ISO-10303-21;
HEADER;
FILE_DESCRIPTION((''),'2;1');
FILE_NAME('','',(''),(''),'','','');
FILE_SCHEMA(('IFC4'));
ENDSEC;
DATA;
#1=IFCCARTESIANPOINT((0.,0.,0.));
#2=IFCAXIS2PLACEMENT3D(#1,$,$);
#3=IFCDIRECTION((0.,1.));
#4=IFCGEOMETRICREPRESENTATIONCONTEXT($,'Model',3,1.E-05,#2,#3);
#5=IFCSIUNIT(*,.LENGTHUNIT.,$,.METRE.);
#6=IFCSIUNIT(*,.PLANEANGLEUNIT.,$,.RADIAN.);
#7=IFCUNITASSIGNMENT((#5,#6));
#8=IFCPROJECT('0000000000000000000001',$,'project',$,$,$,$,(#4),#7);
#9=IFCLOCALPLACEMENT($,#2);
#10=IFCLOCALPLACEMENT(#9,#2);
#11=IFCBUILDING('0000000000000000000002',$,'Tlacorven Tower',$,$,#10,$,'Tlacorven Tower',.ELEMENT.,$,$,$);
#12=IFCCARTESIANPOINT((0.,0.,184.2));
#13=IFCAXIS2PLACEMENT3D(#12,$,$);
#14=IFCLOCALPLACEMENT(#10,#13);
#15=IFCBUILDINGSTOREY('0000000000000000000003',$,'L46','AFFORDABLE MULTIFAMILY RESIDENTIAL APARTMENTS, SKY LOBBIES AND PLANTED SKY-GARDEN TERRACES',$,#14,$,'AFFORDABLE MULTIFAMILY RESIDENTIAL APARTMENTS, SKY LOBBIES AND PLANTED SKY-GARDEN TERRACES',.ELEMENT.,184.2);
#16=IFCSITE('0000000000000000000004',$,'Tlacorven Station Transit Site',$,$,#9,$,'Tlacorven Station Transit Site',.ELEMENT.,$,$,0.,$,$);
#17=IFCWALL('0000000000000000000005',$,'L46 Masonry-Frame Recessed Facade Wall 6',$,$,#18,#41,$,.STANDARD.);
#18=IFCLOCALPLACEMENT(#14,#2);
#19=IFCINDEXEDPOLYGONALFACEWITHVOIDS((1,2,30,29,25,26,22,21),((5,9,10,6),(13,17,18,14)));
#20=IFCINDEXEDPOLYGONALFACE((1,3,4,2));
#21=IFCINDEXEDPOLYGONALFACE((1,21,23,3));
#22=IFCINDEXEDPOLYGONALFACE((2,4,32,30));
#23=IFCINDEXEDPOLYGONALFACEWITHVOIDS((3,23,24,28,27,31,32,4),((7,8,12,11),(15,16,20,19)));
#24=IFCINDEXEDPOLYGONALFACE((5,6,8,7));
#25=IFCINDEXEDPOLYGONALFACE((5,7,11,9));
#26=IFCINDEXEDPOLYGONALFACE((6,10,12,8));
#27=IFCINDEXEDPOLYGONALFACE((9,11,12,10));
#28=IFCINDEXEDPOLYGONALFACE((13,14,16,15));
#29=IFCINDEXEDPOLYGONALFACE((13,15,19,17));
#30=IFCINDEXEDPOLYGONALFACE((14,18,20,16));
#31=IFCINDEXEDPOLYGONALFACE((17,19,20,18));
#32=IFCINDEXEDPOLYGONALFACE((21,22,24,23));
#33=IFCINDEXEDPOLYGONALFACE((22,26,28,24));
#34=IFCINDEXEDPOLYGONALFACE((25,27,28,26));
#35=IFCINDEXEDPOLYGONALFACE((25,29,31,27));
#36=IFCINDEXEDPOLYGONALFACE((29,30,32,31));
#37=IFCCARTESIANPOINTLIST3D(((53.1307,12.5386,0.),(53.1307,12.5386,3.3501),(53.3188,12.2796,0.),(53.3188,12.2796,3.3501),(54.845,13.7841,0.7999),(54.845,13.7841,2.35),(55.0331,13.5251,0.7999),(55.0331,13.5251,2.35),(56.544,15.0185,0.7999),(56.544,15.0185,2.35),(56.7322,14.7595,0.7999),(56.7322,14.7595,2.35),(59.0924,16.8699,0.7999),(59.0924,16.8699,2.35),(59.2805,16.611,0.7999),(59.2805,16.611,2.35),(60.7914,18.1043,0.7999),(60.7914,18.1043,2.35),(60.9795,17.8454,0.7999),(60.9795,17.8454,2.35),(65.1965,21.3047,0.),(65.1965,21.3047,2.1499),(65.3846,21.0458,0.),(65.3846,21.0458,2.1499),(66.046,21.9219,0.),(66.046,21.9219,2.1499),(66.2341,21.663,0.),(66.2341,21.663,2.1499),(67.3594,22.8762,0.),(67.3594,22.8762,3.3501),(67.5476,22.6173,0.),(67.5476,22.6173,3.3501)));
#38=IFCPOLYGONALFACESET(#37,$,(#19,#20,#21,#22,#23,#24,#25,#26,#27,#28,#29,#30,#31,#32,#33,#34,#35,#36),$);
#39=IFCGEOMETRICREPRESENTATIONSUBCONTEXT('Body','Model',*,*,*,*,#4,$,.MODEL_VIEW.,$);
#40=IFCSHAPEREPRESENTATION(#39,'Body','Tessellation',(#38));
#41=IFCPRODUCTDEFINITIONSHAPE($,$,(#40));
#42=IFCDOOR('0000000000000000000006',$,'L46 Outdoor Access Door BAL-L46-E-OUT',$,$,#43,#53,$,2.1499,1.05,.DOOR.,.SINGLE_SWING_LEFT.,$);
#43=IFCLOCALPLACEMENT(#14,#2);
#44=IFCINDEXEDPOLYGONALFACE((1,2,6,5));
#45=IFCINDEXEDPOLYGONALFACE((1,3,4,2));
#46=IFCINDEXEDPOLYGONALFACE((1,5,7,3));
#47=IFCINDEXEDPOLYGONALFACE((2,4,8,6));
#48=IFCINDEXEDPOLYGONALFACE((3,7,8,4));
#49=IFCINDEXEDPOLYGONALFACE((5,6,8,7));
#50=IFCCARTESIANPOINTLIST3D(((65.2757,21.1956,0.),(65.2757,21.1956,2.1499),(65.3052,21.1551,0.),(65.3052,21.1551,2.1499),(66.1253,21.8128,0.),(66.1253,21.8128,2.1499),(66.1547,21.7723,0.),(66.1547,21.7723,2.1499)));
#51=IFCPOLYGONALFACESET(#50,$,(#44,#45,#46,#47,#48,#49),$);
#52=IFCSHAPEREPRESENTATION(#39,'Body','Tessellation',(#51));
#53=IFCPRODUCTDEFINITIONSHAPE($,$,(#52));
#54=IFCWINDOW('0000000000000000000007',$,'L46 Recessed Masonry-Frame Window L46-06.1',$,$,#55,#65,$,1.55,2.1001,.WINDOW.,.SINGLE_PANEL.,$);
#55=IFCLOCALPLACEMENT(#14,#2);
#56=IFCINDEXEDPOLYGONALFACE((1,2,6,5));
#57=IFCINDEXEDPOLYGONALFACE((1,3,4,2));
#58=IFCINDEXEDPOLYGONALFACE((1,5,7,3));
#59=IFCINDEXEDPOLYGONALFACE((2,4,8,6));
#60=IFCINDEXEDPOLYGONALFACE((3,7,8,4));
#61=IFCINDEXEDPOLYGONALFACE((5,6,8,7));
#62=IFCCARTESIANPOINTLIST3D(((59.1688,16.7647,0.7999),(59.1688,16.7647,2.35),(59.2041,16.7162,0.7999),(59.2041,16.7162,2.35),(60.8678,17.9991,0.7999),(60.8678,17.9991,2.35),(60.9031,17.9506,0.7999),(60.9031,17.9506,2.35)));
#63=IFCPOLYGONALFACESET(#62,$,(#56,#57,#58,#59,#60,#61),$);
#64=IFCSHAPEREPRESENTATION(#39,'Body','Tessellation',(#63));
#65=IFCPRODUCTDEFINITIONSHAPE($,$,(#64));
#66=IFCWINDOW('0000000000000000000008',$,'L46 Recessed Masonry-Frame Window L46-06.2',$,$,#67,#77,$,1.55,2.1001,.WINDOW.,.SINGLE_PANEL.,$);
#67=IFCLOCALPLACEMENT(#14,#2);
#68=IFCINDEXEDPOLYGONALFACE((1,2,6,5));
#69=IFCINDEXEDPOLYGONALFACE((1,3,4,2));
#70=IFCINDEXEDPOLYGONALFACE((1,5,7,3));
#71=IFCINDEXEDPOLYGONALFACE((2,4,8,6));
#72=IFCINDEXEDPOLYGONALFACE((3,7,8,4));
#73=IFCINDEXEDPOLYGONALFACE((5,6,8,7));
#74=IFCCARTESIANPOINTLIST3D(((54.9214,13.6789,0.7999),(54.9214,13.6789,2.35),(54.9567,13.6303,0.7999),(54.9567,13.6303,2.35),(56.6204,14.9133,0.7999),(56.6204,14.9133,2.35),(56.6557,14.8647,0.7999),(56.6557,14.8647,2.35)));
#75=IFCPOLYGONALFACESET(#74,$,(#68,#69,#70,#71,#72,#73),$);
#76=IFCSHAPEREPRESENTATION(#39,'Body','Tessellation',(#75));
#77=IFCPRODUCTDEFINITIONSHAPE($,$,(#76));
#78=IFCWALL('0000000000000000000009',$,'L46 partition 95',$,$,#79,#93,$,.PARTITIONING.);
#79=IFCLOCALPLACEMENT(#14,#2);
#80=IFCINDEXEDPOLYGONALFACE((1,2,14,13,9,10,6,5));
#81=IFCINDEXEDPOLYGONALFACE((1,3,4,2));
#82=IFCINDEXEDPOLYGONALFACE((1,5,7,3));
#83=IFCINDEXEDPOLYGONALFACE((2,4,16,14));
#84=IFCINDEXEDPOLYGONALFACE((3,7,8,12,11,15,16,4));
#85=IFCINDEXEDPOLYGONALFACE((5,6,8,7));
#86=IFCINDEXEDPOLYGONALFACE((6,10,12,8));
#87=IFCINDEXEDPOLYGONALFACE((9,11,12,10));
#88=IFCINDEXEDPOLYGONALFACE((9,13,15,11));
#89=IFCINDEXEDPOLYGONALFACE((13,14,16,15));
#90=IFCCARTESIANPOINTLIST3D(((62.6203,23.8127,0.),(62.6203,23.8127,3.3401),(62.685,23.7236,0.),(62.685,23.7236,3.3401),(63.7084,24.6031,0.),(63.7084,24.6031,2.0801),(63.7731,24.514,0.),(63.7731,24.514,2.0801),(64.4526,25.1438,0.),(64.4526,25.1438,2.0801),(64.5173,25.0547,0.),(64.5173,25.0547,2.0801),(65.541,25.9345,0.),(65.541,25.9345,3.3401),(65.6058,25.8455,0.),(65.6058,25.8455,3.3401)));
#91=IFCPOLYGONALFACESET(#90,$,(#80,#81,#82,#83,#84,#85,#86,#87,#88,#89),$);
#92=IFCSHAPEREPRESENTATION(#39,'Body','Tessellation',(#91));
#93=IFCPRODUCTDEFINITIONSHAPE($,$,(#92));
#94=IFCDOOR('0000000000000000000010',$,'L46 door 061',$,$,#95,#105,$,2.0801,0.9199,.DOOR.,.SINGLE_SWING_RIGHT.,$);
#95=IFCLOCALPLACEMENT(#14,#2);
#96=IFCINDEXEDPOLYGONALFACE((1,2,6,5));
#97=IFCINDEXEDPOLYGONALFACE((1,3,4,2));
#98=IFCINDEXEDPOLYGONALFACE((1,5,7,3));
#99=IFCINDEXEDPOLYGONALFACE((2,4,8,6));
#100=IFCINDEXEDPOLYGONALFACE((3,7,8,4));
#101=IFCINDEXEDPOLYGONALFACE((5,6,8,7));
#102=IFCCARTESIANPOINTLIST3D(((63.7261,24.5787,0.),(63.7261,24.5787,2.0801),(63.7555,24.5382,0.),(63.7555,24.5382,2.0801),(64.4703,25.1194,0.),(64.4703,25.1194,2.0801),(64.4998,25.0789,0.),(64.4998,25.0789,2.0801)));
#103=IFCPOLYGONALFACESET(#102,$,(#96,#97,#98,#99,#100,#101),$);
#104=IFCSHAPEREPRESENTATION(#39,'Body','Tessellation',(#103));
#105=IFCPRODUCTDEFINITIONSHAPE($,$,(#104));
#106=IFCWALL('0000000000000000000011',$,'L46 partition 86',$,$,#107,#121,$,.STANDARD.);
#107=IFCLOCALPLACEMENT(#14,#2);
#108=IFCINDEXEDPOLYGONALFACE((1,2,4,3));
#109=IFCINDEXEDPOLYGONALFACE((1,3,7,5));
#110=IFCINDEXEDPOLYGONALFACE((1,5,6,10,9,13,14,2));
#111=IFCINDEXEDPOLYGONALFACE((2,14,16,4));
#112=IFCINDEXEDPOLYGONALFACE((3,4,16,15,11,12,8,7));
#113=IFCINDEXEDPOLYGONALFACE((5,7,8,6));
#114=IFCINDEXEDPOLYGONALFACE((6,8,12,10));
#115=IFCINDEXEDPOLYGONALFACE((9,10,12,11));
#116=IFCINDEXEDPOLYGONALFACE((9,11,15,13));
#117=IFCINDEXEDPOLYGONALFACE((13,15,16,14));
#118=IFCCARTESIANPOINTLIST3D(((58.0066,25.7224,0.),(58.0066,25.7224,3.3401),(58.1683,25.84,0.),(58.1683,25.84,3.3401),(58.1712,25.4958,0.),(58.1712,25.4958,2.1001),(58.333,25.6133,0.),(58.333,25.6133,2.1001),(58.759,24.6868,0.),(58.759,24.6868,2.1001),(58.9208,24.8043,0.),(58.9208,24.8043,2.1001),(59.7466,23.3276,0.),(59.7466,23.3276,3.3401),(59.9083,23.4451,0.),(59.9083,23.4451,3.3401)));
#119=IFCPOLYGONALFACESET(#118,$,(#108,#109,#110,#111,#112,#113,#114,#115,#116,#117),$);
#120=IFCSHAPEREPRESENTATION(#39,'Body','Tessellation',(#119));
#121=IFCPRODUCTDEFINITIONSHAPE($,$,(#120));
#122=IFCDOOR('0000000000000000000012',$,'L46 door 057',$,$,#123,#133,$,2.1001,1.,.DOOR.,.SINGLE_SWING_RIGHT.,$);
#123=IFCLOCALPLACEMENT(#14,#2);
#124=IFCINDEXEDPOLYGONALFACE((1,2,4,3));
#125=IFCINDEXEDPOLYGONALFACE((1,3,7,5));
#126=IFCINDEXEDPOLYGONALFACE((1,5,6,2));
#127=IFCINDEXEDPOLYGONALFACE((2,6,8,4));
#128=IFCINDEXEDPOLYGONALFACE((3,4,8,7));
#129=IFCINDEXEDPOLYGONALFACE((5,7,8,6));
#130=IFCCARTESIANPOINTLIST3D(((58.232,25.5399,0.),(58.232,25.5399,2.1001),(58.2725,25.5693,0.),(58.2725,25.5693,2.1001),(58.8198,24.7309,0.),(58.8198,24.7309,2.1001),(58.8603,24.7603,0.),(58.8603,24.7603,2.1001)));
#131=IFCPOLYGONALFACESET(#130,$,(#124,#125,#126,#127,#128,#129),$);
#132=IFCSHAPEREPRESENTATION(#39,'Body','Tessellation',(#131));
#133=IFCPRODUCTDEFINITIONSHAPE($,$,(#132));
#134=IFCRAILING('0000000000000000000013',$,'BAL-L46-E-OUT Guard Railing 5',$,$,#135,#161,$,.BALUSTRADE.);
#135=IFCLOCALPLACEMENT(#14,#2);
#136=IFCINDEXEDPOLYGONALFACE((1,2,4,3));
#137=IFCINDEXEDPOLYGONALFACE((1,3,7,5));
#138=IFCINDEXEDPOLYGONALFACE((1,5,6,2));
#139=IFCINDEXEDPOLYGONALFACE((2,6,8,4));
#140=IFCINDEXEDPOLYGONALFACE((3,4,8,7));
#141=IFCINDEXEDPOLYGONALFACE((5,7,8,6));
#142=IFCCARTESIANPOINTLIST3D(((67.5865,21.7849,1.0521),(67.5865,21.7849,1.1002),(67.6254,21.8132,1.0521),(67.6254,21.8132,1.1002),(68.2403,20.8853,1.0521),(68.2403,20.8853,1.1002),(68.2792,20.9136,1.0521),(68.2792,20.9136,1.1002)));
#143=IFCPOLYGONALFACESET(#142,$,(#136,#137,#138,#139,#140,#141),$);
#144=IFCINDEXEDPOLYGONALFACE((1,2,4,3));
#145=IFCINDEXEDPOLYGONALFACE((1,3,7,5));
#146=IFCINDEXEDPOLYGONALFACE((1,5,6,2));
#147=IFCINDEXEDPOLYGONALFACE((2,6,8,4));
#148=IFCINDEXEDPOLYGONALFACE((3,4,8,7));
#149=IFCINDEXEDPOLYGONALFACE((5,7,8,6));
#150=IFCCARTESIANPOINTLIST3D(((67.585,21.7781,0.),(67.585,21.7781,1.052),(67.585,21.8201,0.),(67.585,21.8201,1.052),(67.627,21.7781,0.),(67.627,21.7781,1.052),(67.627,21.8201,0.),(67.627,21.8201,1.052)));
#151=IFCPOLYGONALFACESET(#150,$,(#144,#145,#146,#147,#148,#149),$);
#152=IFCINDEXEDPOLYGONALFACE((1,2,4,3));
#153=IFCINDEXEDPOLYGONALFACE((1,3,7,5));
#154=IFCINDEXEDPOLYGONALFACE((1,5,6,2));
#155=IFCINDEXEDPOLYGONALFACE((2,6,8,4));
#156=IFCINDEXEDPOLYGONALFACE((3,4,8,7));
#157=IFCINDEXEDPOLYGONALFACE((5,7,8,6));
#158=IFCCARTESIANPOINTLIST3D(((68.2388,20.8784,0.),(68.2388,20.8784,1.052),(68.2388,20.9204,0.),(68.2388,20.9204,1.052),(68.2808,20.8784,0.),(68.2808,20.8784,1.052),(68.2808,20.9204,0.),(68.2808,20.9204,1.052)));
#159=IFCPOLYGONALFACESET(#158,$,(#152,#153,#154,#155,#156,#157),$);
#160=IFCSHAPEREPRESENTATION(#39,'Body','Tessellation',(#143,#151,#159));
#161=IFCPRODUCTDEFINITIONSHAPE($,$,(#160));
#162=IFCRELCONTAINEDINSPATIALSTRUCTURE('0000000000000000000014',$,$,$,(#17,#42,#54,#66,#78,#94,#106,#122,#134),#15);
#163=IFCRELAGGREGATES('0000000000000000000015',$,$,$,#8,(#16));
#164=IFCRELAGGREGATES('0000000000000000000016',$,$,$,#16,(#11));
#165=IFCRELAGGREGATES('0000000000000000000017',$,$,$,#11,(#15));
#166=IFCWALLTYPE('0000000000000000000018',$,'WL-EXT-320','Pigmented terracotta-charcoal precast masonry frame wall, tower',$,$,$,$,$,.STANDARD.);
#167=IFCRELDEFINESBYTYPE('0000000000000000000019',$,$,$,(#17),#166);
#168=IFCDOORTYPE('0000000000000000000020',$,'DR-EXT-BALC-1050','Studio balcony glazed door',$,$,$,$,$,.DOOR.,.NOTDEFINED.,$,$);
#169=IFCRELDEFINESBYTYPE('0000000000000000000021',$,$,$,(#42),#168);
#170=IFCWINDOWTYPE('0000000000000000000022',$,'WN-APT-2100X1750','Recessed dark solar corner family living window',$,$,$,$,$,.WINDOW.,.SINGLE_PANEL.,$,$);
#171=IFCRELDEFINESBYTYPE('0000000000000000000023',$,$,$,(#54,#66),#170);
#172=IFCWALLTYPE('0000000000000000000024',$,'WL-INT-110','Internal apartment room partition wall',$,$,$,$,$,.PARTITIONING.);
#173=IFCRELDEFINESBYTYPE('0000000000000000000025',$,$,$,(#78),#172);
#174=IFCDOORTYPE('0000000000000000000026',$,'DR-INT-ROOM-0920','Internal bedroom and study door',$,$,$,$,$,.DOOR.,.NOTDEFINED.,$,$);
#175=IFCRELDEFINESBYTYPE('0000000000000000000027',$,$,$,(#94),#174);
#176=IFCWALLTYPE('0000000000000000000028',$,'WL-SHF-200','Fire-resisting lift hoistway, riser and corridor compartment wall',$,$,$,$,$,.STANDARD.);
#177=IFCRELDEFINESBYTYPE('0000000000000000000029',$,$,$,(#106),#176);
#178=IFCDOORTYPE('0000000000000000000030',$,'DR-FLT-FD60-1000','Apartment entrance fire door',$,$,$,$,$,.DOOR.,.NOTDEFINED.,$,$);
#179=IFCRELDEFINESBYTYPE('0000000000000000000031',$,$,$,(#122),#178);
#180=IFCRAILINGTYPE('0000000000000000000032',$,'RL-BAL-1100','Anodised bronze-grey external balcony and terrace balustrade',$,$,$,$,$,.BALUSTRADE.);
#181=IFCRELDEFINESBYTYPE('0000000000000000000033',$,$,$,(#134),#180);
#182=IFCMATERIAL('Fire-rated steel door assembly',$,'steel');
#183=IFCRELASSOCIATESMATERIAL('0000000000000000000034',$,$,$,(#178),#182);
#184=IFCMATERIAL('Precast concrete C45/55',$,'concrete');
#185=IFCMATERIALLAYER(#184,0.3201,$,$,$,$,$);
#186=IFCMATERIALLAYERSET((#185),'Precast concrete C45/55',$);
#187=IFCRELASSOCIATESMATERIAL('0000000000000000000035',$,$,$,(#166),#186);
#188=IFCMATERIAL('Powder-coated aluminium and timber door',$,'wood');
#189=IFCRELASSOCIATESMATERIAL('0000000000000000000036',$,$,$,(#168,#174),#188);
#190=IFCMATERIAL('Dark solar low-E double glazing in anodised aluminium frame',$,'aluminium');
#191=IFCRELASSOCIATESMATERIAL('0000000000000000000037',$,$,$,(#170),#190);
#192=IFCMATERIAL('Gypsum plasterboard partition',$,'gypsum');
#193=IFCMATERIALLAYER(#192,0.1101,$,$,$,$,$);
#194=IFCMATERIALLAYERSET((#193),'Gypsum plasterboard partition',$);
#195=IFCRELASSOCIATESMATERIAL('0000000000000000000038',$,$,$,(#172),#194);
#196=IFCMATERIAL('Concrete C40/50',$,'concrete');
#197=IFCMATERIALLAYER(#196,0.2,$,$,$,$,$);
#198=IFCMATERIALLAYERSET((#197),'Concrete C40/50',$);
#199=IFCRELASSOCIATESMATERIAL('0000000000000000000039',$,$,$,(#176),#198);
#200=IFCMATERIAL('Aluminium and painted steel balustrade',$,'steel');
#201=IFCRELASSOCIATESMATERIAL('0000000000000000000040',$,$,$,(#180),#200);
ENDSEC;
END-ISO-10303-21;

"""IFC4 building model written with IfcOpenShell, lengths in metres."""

from ifc_helpers import new_model, si_unit, direction, frame, frame_2d, origin, origin_2d, place, context, subcontext, project, spatial, rectangle, extrude, source, transform, mapped, material, layer, layer_set, type_object, element, fill, save


model = new_model("IFC4")

# Units and contexts
model_context = context("Model", 3, precision=1e-05, world=origin(), true_north=direction((0.0, 1.0)))
body_context = subcontext(model_context, "Body", "Model", "MODEL_VIEW")
ifc_project = project(units=[si_unit("LENGTHUNIT", "METRE"), si_unit("PLANEANGLEUNIT", "RADIAN")], contexts=[model_context])

# Site, building, storey
site_placement = place(None, origin())
site = spatial("IfcSite", under=ifc_project, at=site_placement, Name="Tlacorven Station Transit Site", LongName="Tlacorven Station Transit Site", CompositionType="ELEMENT", RefElevation=0.0)
building_placement = place(site_placement, origin())
building = spatial("IfcBuilding", under=site, at=building_placement, Name="Tlacorven Tower", LongName="Tlacorven Tower", CompositionType="ELEMENT")
storey_placement = place(building_placement, frame((0.0, 0.0, 184.2)))
storey = spatial("IfcBuildingStorey", under=building, at=storey_placement, Name="L46", Description="AFFORDABLE MULTIFAMILY RESIDENTIAL APARTMENTS, SKY LOBBIES AND PLANTED SKY-GARDEN TERRACES", LongName="AFFORDABLE MULTIFAMILY RESIDENTIAL APARTMENTS, SKY LOBBIES AND PLANTED SKY-GARDEN TERRACES", CompositionType="ELEMENT", Elevation=184.2)

# Shared definitions
ifc_material_1 = material(Name="Fire-rated steel door assembly", Category="steel")
door_type_1 = type_object("IfcDoorType", Name="DR-FLT-FD60-1000", Description="Apartment entrance fire door", OperationType="NOTDEFINED", PredefinedType="DOOR", material=ifc_material_1)
shared_shape_1 = source(origin(), body_context, "Body", "SweptSolid", [
    extrude(rectangle(XDim=1.0, YDim=2.1001, at=frame_2d((0.5, 1.05))), frame((0.0, 0.0249, 0.0), z_axis=(0.0, -1.0, 0.0), x_axis=(1.0, 0.0, 0.0)), (0.0, 0.0, 1.0), 0.05),
])

# Wall, openings, door, windows
ifc_material_2 = material(Name="Precast concrete C45/55", Category="concrete")
ifc_layer_1 = layer(ifc_material_2, 0.3201)
ifc_layer_set_1 = layer_set([ifc_layer_1], Name="Precast concrete C45/55")
wall_type_1 = type_object("IfcWallType", Name="WL-EXT-320", Description="Pigmented terracotta-charcoal precast masonry frame wall, tower", PredefinedType="STANDARD", material=ifc_layer_set_1)
wall_1_placement = place(storey_placement, frame((67.4536, 22.7468, 0.0), z_axis=(0.0, 0.0, 1.0), x_axis=(-0.809021, -0.58778, 0.0)))
wall_1 = element("IfcWall", 1, at=wall_1_placement, inside=storey, type_object=wall_type_1, Name="L46 Masonry-Frame Recessed Facade Wall 6", PredefinedType="STANDARD", context=body_context, shape_type="SweptSolid", body=[
    extrude(rectangle(XDim=17.5876, YDim=0.3201, at=frame_2d((8.7939, 0.0))), origin(), (0.0, 0.0, 1.0), 3.3501),
])
opening_1_placement = place(wall_1_placement, frame((1.6238, 0.0, 0.0)))
opening_1 = element("IfcOpeningElement", 2, at=opening_1_placement, cuts=wall_1, PredefinedType="OPENING", context=body_context, shape_type="SweptSolid", body=[
    extrude(rectangle(XDim=1.05, YDim=2.1499, at=frame_2d((0.5249, 1.075))), frame((0.0, 0.1699, 0.0), z_axis=(0.0, -1.0, 0.0), x_axis=(1.0, 0.0, 0.0)), (0.0, 0.0, 1.0), 0.3401),
])
opening_2_placement = place(wall_1_placement, frame((8.1187, 0.0, 0.8)))
opening_2 = element("IfcOpeningElement", 3, at=opening_2_placement, cuts=wall_1, PredefinedType="OPENING", context=body_context, shape_type="SweptSolid", body=[
    extrude(rectangle(XDim=2.1001, YDim=1.55, at=frame_2d((1.05, 0.7749))), frame((0.0, 0.1699, 0.0), z_axis=(0.0, -1.0, 0.0), x_axis=(1.0, 0.0, 0.0)), (0.0, 0.0, 1.0), 0.3401),
])
opening_3_placement = place(wall_1_placement, frame((13.3687, 0.0, 0.8)))
opening_3 = element("IfcOpeningElement", 4, at=opening_3_placement, cuts=wall_1, PredefinedType="OPENING", context=body_context, shape_type="SweptSolid", body=[
    extrude(rectangle(XDim=2.1001, YDim=1.55, at=frame_2d((1.05, 0.7749))), frame((0.0, 0.1699, 0.0), z_axis=(0.0, -1.0, 0.0), x_axis=(1.0, 0.0, 0.0)), (0.0, 0.0, 1.0), 0.3401),
])
ifc_material_3 = material(Name="Powder-coated aluminium and timber door", Category="wood")
door_type_2 = type_object("IfcDoorType", Name="DR-EXT-BALC-1050", Description="Studio balcony glazed door", OperationType="NOTDEFINED", PredefinedType="DOOR", material=ifc_material_3)
shared_shape_2 = source(origin(), body_context, "Body", "SweptSolid", [
    extrude(rectangle(XDim=1.05, YDim=2.1499, at=frame_2d((0.5249, 1.075))), frame((0.0, 0.0249, 0.0), z_axis=(0.0, -1.0, 0.0), x_axis=(1.0, 0.0, 0.0)), (0.0, 0.0, 1.0), 0.05),
])
door_1_placement = place(opening_1_placement, origin())
door_1 = element("IfcDoor", 5, at=door_1_placement, inside=storey, type_object=door_type_2, Name="L46 Outdoor Access Door BAL-L46-E-OUT", OperationType="SINGLE_SWING_LEFT", OverallHeight=2.1499, OverallWidth=1.05, PredefinedType="DOOR", context=body_context, shape_type="MappedRepresentation", body=[
    mapped(shared_shape_2, transform((0.0, 0.0, 0.0), scale=1.0)),
])
fill(opening_1, door_1)
ifc_material_4 = material(Name="Dark solar low-E double glazing in anodised aluminium frame", Category="aluminium")
window_type = type_object("IfcWindowType", Name="WN-APT-2100X1750", Description="Recessed dark solar corner family living window", PartitioningType="SINGLE_PANEL", PredefinedType="WINDOW", material=ifc_material_4)
shared_shape_3 = source(origin(), body_context, "Body", "SweptSolid", [
    extrude(rectangle(XDim=2.1001, YDim=1.55, at=frame_2d((1.05, 0.7749))), frame((0.0, 0.03, 0.0), z_axis=(0.0, -1.0, 0.0), x_axis=(1.0, 0.0, 0.0)), (0.0, 0.0, 1.0), 0.0601),
])
window_1_placement = place(opening_2_placement, origin())
window_1 = element("IfcWindow", 6, at=window_1_placement, inside=storey, type_object=window_type, Name="L46 Recessed Masonry-Frame Window L46-06.1", OverallHeight=1.55, OverallWidth=2.1001, PartitioningType="SINGLE_PANEL", PredefinedType="WINDOW", context=body_context, shape_type="MappedRepresentation", body=[
    mapped(shared_shape_3, transform((0.0, 0.0, 0.0), scale=1.0)),
])
fill(opening_2, window_1)
window_2_placement = place(opening_3_placement, origin())
window_2 = element("IfcWindow", 7, at=window_2_placement, inside=storey, type_object=window_type, Name="L46 Recessed Masonry-Frame Window L46-06.2", OverallHeight=1.55, OverallWidth=2.1001, PartitioningType="SINGLE_PANEL", PredefinedType="WINDOW", context=body_context, shape_type="MappedRepresentation", body=[
    mapped(shared_shape_3, transform((0.0, 0.0, 0.0), scale=1.0)),
])
fill(opening_3, window_2)

# Walls, openings, doors
ifc_material_5 = material(Name="Gypsum plasterboard partition", Category="gypsum")
ifc_layer_2 = layer(ifc_material_5, 0.1101)
ifc_layer_set_2 = layer_set([ifc_layer_2], Name="Gypsum plasterboard partition")
wall_type_2 = type_object("IfcWallType", Name="WL-INT-110", Description="Internal apartment room partition wall", PredefinedType="PARTITIONING", material=ifc_layer_set_2)
wall_2_placement = place(storey_placement, frame((62.6526, 23.7681, 0.0), z_axis=(0.0, 0.0, 1.0), x_axis=(0.809037, 0.587757, 0.0)))
wall_2 = element("IfcWall", 8, at=wall_2_placement, inside=storey, type_object=wall_type_2, Name="L46 partition 95", PredefinedType="PARTITIONING", context=body_context, shape_type="SweptSolid", body=[
    extrude(rectangle(XDim=3.6101, YDim=0.1101, at=frame_2d((1.8052, 0.0))), origin(), (0.0, 0.0, 1.0), 3.3401),
])
opening_4_placement = place(wall_2_placement, frame((1.345, 0.0, 0.0)))
opening_4 = element("IfcOpeningElement", 9, at=opening_4_placement, cuts=wall_2, PredefinedType="OPENING", context=body_context, shape_type="SweptSolid", body=[
    extrude(rectangle(XDim=0.9199, YDim=2.0801, at=frame_2d((0.46, 1.04))), frame((0.0, 0.0649, 0.0), z_axis=(0.0, -1.0, 0.0), x_axis=(1.0, 0.0, 0.0)), (0.0, 0.0, 1.0), 0.1301),
])
door_type_3 = type_object("IfcDoorType", Name="DR-INT-ROOM-0920", Description="Internal bedroom and study door", OperationType="NOTDEFINED", PredefinedType="DOOR", material=ifc_material_3)
shared_shape_4 = source(origin(), body_context, "Body", "SweptSolid", [
    extrude(rectangle(XDim=0.9199, YDim=2.0801, at=frame_2d((0.46, 1.04))), frame((0.0, 0.0249, 0.0), z_axis=(0.0, -1.0, 0.0), x_axis=(1.0, 0.0, 0.0)), (0.0, 0.0, 1.0), 0.05),
])
door_2_placement = place(opening_4_placement, origin())
door_2 = element("IfcDoor", 10, at=door_2_placement, inside=storey, type_object=door_type_3, Name="L46 door 061", OperationType="SINGLE_SWING_RIGHT", OverallHeight=2.0801, OverallWidth=0.9199, PredefinedType="DOOR", context=body_context, shape_type="MappedRepresentation", body=[
    mapped(shared_shape_4, transform((0.0, 0.0, 0.0), scale=1.0)),
])
fill(opening_4, door_2)
ifc_material_6 = material(Name="Concrete C40/50", Category="concrete")
ifc_layer_3 = layer(ifc_material_6, 0.2)
ifc_layer_set_3 = layer_set([ifc_layer_3], Name="Concrete C40/50")
wall_type_3 = type_object("IfcWallType", Name="WL-SHF-200", Description="Fire-resisting lift hoistway, riser and corridor compartment wall", PredefinedType="STANDARD", material=ifc_layer_set_3)
wall_3_placement = place(storey_placement, frame((59.8274, 23.3865, 0.0), z_axis=(0.0, 0.0, 1.0), x_axis=(-0.587804, 0.809003, 0.0)))
wall_3 = element("IfcWall", 11, at=wall_3_placement, inside=storey, type_object=wall_type_3, Name="L46 partition 86", PredefinedType="STANDARD", context=body_context, shape_type="SweptSolid", body=[
    extrude(rectangle(XDim=2.9602, YDim=0.2, at=frame_2d((1.48, 0.0))), origin(), (0.0, 0.0, 1.0), 3.3401),
])
opening_5_placement = place(wall_3_placement, frame((1.6799, 0.0, 0.0)))
opening_5 = element("IfcOpeningElement", 12, at=opening_5_placement, cuts=wall_3, PredefinedType="OPENING", context=body_context, shape_type="SweptSolid", body=[
    extrude(rectangle(XDim=1.0, YDim=2.1001, at=frame_2d((0.5, 1.05))), frame((0.0, 0.1099, 0.0), z_axis=(0.0, -1.0, 0.0), x_axis=(1.0, 0.0, 0.0)), (0.0, 0.0, 1.0), 0.22),
])
door_3_placement = place(opening_5_placement, origin())
door_3 = element("IfcDoor", 13, at=door_3_placement, inside=storey, type_object=door_type_1, Name="L46 door 057", OperationType="SINGLE_SWING_RIGHT", OverallHeight=2.1001, OverallWidth=1.0, PredefinedType="DOOR", context=body_context, shape_type="MappedRepresentation", body=[
    mapped(shared_shape_1, transform((0.0, 0.0, 0.0), scale=1.0)),
])
fill(opening_5, door_3)

# Railing
ifc_material_7 = material(Name="Aluminium and painted steel balustrade", Category="steel")
railing_type = type_object("IfcRailingType", Name="RL-BAL-1100", Description="Anodised bronze-grey external balcony and terrace balustrade", PredefinedType="BALUSTRADE", material=ifc_material_7)
shared_shape_5 = source(origin(), body_context, "Body", "SweptSolid", [
    extrude(rectangle(XDim=0.0481, YDim=0.0481, at=origin_2d()), frame((0.0, 0.0, 1.0762), z_axis=(0.587884, -0.808945, 0.0), x_axis=(0.808945, 0.587884, 0.0)), (0.0, 0.0, 1.0), 1.1121),
    extrude(rectangle(XDim=0.042, YDim=0.042, at=origin_2d()), origin(), (0.0, 0.0, 1.0), 1.052),
    extrude(rectangle(XDim=0.042, YDim=0.042, at=origin_2d()), frame((0.6538, -0.8997, 0.0)), (0.0, 0.0, 1.0), 1.052),
])
railing_1_placement = place(storey_placement, frame((67.606, 21.7991, 0.0)))
element("IfcRailing", 14, at=railing_1_placement, inside=storey, type_object=railing_type, Name="BAL-L46-E-OUT Guard Railing 5", PredefinedType="BALUSTRADE", context=body_context, shape_type="MappedRepresentation", body=[
    mapped(shared_shape_5, transform((0.0, 0.0, 0.0), scale=1.0)),
])

save(model, "model.ifc")
